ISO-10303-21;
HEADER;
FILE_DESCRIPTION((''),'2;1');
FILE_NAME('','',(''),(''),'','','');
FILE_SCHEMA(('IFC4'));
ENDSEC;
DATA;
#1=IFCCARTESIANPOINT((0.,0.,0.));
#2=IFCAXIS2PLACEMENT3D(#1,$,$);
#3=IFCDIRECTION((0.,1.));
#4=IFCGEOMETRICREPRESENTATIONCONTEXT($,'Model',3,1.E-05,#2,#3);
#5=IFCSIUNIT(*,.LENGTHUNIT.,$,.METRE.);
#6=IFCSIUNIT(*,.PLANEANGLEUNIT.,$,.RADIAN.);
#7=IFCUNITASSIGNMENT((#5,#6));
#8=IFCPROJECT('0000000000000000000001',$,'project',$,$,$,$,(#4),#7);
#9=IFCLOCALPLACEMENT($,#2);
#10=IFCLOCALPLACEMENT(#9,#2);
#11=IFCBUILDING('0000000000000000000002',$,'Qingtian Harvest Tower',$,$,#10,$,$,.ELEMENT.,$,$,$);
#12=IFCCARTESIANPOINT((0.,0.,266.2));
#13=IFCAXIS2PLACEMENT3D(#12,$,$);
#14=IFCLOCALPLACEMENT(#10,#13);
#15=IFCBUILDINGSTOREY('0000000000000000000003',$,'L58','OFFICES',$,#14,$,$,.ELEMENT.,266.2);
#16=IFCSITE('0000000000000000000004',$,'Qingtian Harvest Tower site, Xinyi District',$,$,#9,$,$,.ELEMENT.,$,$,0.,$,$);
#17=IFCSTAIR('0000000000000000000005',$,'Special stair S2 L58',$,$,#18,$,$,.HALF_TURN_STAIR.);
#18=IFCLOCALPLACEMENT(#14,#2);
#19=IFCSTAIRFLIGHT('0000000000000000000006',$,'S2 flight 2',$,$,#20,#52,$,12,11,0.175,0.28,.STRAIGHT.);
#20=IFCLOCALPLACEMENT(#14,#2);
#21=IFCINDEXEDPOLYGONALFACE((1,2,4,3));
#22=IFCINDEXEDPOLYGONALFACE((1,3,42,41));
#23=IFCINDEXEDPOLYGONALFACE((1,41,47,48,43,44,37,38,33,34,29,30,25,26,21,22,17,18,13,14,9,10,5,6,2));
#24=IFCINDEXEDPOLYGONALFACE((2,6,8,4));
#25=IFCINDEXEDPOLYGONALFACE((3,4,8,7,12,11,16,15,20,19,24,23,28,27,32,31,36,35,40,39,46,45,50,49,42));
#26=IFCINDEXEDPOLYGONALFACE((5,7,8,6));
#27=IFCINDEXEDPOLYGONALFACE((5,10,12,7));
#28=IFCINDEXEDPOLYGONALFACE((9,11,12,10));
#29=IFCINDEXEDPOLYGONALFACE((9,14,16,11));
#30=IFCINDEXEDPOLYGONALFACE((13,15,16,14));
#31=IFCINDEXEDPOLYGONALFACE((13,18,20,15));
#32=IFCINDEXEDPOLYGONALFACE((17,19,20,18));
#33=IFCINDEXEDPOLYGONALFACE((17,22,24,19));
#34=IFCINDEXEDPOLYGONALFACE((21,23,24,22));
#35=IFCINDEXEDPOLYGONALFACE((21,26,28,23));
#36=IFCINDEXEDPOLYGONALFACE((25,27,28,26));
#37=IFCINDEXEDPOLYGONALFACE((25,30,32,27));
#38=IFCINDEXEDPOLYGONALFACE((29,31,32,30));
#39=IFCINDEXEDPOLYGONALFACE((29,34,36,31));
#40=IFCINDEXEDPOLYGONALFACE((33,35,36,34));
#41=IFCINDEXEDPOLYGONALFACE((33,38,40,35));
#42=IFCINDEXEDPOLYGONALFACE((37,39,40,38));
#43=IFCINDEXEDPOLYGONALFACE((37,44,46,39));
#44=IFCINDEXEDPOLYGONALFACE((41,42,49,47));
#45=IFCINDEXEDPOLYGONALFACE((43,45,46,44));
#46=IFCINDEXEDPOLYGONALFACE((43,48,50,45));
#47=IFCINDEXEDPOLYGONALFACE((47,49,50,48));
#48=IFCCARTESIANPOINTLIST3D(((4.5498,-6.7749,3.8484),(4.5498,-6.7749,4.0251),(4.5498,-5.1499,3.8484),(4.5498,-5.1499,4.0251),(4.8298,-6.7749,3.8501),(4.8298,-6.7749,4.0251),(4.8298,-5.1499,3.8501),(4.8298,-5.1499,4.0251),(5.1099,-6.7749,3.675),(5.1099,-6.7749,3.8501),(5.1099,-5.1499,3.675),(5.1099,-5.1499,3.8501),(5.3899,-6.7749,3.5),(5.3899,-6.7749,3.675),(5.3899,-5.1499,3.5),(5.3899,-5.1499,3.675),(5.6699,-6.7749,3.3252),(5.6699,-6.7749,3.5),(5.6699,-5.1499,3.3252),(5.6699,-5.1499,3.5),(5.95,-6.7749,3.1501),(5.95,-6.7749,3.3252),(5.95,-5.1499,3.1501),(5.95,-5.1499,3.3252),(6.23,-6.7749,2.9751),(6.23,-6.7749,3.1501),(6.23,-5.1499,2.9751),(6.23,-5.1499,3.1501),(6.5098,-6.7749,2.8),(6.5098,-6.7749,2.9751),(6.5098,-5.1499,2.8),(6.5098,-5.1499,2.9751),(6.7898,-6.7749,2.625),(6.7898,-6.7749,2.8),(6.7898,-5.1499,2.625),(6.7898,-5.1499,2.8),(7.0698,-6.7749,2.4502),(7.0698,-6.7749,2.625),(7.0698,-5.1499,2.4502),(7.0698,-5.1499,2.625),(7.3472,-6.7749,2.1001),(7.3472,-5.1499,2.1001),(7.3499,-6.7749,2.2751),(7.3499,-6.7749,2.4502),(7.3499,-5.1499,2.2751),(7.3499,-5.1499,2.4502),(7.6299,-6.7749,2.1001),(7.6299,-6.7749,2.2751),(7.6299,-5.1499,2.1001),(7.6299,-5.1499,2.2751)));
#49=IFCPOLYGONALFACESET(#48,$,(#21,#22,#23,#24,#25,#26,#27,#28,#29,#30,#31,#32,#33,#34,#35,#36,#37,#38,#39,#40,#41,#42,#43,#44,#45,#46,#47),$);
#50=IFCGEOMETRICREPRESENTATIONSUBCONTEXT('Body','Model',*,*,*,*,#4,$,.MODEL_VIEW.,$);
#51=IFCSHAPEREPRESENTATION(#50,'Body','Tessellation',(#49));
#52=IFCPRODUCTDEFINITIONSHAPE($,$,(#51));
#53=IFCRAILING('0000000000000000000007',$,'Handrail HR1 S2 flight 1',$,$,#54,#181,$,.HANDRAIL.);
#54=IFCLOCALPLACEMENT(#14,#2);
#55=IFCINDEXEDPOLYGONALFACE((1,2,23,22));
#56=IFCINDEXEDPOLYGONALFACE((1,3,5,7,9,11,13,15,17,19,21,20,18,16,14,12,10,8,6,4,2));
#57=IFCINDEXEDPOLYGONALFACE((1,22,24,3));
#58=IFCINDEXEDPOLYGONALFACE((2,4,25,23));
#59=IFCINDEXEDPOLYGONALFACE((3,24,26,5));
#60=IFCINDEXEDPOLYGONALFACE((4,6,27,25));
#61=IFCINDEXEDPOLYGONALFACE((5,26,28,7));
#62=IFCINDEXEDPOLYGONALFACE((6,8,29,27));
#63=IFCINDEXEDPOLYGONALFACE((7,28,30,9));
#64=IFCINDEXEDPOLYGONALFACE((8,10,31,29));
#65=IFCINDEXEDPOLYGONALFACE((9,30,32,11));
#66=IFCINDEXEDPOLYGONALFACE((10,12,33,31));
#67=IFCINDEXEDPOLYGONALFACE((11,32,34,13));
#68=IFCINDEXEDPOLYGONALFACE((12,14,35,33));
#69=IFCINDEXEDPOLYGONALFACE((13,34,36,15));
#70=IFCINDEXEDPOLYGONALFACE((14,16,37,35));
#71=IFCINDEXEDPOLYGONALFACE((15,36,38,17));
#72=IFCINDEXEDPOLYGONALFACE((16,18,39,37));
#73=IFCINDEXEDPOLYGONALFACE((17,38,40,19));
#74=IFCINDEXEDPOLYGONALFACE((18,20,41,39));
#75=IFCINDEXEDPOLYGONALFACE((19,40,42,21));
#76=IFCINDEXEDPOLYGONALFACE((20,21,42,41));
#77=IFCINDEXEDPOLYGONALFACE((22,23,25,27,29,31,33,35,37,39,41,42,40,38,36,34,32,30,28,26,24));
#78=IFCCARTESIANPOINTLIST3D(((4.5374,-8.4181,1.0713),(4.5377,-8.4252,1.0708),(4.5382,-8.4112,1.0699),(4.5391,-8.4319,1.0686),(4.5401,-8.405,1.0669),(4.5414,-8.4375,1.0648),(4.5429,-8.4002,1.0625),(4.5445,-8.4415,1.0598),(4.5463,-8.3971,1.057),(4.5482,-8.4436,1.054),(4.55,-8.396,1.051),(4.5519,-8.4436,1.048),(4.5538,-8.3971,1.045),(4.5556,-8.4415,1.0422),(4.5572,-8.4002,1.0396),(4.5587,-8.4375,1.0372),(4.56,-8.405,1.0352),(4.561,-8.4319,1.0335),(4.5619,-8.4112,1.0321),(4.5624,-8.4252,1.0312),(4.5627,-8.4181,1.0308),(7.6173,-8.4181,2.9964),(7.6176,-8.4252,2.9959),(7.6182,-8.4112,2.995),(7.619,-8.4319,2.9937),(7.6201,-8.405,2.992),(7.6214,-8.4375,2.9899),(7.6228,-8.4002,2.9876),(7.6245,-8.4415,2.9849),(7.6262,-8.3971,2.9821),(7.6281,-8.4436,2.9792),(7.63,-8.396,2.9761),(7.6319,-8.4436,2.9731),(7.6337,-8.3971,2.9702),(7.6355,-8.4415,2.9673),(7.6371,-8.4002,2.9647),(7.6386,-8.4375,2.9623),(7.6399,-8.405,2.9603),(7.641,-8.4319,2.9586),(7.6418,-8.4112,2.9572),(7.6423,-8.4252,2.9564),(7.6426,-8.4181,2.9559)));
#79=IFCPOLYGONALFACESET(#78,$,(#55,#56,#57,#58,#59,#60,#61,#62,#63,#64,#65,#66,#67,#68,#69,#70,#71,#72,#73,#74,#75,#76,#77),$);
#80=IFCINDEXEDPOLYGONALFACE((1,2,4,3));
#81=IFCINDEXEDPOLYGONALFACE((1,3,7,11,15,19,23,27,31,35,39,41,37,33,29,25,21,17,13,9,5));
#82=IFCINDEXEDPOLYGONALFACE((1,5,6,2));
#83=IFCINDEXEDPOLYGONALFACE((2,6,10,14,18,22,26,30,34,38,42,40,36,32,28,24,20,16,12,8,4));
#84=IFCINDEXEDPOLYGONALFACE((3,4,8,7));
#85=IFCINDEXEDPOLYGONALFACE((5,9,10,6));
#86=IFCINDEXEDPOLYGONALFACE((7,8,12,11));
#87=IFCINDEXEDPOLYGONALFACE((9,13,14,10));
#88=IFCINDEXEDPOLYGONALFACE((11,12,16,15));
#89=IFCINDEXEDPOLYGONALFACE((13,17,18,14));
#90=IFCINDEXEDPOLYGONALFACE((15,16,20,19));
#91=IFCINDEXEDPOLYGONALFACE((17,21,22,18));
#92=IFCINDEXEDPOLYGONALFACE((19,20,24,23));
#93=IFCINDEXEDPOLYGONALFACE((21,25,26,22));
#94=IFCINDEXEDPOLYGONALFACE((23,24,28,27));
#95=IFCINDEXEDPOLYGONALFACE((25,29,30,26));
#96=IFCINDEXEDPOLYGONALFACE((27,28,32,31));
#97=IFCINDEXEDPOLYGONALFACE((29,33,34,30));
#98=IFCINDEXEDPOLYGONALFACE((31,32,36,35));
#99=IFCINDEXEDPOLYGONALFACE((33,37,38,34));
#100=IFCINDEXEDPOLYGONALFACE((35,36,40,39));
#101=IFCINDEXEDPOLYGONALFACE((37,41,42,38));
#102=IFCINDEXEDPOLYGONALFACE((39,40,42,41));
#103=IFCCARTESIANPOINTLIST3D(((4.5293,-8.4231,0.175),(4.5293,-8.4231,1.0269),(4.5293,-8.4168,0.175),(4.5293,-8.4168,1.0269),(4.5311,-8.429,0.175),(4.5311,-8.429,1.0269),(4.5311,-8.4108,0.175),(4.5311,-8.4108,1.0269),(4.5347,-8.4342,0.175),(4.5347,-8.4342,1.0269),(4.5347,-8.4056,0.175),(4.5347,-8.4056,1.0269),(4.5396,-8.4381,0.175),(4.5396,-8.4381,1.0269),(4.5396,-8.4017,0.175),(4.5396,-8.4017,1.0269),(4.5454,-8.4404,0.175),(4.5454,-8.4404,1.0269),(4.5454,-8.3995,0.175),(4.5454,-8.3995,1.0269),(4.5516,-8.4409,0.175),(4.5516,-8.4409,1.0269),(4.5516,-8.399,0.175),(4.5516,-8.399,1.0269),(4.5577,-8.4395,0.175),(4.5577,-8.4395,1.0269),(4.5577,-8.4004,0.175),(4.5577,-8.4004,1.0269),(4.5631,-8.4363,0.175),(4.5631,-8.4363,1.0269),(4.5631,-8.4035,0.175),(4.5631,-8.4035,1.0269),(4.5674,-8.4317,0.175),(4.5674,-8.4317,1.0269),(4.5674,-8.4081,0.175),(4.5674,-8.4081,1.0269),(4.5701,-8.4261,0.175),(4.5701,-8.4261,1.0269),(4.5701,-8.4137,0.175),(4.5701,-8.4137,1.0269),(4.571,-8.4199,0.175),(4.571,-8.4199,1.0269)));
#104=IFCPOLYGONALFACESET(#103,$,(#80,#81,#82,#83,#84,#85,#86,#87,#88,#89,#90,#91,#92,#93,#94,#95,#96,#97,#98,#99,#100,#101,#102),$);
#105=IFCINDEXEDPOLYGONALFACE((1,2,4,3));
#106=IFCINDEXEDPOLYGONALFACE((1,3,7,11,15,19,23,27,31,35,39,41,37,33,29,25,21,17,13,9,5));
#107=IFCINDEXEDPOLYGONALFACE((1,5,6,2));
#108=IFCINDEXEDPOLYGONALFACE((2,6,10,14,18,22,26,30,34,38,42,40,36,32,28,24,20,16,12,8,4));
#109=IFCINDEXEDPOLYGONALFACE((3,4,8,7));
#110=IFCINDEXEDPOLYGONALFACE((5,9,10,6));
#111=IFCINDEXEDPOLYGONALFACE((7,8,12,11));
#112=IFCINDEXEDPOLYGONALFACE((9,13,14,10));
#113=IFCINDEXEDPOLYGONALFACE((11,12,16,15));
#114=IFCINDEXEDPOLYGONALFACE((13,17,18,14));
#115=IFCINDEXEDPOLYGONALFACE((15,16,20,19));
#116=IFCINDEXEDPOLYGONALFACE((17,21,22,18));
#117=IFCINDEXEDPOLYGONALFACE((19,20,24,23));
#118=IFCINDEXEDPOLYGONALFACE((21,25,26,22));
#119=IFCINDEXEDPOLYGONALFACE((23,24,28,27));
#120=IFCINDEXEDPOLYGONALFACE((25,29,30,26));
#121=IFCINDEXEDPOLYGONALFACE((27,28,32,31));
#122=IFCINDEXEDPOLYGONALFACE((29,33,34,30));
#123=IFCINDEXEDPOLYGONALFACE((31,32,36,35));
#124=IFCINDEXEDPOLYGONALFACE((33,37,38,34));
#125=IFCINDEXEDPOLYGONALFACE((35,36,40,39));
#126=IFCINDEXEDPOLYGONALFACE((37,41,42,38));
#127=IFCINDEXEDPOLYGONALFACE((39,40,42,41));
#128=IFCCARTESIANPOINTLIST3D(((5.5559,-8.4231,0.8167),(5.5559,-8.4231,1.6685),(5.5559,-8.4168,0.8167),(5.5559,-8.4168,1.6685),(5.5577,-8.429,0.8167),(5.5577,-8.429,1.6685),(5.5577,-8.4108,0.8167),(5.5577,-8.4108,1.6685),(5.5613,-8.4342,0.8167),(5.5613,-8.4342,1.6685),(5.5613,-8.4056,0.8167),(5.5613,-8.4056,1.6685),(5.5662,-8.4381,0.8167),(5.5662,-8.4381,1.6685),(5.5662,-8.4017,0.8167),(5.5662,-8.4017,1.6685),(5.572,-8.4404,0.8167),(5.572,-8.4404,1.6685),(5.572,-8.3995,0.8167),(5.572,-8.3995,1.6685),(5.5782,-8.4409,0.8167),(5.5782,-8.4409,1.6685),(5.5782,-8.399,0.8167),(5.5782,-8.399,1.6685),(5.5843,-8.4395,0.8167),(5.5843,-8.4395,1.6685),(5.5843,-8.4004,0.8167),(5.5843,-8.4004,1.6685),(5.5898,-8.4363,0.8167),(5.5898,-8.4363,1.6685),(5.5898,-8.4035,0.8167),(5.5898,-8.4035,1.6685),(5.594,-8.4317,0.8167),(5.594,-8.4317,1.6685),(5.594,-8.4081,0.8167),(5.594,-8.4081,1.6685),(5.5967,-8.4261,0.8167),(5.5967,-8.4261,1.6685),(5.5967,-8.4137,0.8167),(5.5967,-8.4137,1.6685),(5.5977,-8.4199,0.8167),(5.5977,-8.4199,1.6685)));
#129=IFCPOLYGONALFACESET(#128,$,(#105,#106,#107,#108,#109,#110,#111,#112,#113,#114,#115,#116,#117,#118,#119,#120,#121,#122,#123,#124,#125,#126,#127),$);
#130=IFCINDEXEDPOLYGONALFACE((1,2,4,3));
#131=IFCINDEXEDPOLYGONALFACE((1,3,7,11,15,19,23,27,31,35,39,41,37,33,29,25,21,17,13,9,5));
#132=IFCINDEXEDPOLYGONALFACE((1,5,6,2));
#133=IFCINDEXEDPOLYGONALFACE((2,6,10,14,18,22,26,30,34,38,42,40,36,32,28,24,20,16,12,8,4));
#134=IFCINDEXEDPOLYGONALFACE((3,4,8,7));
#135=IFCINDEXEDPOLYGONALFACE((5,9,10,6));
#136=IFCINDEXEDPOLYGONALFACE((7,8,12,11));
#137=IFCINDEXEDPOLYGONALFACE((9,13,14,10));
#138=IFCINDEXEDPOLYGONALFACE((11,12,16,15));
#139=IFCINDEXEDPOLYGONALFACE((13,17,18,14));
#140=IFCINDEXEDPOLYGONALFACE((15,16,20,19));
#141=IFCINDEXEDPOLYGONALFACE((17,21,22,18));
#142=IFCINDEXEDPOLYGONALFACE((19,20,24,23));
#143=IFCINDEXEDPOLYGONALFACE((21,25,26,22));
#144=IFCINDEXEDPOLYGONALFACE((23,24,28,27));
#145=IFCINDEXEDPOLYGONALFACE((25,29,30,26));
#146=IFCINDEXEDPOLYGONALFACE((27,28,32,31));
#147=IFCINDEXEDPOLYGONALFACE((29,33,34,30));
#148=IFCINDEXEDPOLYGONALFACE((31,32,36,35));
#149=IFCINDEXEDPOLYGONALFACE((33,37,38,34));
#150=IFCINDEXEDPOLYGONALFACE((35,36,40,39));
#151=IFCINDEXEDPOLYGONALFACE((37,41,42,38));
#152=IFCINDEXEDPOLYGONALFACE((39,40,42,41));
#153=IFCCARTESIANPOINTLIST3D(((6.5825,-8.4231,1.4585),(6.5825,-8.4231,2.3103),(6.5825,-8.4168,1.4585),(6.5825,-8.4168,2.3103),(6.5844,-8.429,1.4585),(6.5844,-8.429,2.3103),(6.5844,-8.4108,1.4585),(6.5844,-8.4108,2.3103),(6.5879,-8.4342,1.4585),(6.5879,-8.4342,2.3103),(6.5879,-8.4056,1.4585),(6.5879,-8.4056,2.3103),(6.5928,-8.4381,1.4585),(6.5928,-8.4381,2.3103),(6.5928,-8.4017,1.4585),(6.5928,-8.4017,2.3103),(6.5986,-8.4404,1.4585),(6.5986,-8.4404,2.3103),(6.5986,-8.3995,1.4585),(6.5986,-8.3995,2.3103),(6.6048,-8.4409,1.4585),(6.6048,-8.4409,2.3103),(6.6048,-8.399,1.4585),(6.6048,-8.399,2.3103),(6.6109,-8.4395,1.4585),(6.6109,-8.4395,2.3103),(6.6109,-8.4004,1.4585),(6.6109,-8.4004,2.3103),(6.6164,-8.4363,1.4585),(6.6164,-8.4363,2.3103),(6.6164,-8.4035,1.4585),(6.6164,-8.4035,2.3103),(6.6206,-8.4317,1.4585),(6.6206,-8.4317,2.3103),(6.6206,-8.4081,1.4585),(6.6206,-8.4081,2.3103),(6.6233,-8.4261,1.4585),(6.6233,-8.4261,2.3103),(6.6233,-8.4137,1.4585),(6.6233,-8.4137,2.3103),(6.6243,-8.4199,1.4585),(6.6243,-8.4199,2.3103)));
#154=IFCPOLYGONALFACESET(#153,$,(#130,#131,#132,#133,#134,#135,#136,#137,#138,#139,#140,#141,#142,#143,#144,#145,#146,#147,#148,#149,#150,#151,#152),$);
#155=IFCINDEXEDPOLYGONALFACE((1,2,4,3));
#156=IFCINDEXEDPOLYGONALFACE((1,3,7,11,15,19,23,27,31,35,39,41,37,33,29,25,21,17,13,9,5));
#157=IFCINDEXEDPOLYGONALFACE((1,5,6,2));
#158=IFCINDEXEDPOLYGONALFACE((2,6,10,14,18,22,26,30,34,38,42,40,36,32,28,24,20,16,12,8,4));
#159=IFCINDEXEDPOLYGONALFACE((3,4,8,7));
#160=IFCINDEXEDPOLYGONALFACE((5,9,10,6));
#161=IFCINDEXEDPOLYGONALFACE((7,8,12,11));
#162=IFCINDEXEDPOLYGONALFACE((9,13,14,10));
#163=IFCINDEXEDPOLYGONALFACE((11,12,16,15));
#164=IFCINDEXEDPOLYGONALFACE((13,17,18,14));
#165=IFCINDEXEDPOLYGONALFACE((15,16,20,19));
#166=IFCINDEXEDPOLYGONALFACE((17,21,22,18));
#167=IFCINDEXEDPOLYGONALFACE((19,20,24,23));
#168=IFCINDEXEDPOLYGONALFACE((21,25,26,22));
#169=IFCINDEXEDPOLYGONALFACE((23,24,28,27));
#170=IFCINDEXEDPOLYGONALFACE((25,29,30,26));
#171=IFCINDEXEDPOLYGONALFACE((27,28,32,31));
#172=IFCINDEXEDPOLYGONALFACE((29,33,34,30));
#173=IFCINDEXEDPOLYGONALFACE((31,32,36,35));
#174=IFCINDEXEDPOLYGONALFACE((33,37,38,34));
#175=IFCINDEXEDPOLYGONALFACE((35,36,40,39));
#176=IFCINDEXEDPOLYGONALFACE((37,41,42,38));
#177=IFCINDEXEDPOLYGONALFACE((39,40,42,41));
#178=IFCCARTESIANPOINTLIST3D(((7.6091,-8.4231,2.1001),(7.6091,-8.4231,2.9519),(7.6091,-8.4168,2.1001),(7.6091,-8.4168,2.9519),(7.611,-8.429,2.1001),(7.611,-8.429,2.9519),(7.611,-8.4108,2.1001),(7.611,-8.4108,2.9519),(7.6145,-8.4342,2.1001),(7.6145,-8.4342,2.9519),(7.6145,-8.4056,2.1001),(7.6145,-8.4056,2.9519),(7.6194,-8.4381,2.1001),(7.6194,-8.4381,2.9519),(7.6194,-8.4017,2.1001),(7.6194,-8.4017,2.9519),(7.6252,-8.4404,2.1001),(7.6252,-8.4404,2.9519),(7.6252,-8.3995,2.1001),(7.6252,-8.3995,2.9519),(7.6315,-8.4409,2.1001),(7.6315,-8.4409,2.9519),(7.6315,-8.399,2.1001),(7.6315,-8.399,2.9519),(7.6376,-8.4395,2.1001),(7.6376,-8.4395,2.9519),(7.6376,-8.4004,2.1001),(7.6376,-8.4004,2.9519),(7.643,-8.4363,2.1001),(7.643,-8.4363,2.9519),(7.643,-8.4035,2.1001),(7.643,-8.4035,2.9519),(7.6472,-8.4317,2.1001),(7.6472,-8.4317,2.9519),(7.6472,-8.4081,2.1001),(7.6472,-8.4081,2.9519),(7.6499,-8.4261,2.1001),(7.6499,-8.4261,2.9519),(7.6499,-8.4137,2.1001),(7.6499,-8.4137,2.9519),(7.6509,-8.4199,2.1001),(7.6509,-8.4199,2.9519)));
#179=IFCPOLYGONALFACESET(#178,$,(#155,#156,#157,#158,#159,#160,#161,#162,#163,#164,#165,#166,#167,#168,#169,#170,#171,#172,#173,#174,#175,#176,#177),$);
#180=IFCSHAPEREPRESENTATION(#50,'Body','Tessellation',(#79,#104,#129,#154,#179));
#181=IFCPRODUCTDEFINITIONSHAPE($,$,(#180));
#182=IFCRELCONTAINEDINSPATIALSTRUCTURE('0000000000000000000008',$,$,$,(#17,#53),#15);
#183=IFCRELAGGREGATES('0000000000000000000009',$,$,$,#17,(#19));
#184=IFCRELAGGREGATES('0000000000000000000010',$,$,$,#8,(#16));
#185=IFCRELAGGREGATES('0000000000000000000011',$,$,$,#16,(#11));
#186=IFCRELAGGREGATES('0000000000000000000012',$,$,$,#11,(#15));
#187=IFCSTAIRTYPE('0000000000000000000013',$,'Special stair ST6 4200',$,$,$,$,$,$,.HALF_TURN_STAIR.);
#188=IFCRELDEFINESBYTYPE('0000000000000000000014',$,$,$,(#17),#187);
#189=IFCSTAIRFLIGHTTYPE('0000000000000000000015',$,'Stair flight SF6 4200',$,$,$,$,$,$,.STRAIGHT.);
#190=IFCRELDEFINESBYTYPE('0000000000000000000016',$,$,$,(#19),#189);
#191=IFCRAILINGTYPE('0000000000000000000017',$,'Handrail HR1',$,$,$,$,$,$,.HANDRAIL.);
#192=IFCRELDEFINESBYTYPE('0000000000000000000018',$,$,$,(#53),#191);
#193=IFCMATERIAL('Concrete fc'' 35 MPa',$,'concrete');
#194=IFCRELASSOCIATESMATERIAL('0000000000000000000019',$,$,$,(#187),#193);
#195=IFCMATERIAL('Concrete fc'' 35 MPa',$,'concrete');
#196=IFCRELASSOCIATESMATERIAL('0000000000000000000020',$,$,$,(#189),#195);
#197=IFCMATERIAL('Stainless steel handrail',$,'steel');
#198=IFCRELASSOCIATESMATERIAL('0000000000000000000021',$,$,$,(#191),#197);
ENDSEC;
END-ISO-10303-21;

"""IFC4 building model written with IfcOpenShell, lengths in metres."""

from ifc_helpers import new_model, si_unit, direction, frame, origin, origin_2d, place, context, subcontext, project, spatial, polyline, circle, outline, extrude, material, type_object, element, aggregate, save


model = new_model("IFC4")

# Units and contexts
model_context = context("Model", 3, precision=1e-05, world=origin(), true_north=direction((0.0, 1.0)))
body_context = subcontext(model_context, "Body", "Model", "MODEL_VIEW")
ifc_project = project(units=[si_unit("LENGTHUNIT", "METRE"), si_unit("PLANEANGLEUNIT", "RADIAN")], contexts=[model_context])

# Site, building, storey
site_placement = place(None, origin())
site = spatial("IfcSite", under=ifc_project, at=site_placement, Name="Qingtian Harvest Tower site, Xinyi District", CompositionType="ELEMENT", RefElevation=0.0)
building_placement = place(site_placement, origin())
building = spatial("IfcBuilding", under=site, at=building_placement, Name="Qingtian Harvest Tower", CompositionType="ELEMENT")
storey_placement = place(building_placement, frame((0.0, 0.0, 266.2)))
storey = spatial("IfcBuildingStorey", under=building, at=storey_placement, Name="L58", Description="OFFICES", CompositionType="ELEMENT", Elevation=266.2)

# Stair, stair flight
ifc_material_1 = material(Name="Concrete fc' 35 MPa", Category="concrete")
stair_type = type_object("IfcStairType", Name="Special stair ST6 4200", PredefinedType="HALF_TURN_STAIR", material=ifc_material_1)
stair_placement = place(storey_placement, origin())
stair = element("IfcStair", 1, at=stair_placement, inside=storey, type_object=stair_type, Name="Special stair S2 L58", PredefinedType="HALF_TURN_STAIR")
ifc_material_2 = material(Name="Concrete fc' 35 MPa", Category="concrete")
stair_flight_type = type_object("IfcStairFlightType", Name="Stair flight SF6 4200", PredefinedType="STRAIGHT", material=ifc_material_2)
stair_flight_1_placement = place(storey_placement, frame((7.6299, -5.9624, 2.1001), z_axis=(0.0, 0.0, 1.0), x_axis=(-1.0, 0.0, 0.0)))
stair_flight_1 = element("IfcStairFlight", 2, at=stair_flight_1_placement, type_object=stair_flight_type, Name="S2 flight 2", NumberOfRisers=12, NumberOfTreads=11, PredefinedType="STRAIGHT", RiserHeight=0.175, TreadLength=0.28, context=body_context, shape_type="SweptSolid", body=[
    extrude(outline(polyline([(0.0, 0.0), (0.0, 0.175), (0.28, 0.175), (0.28, 0.3501), (0.5601, 0.3501), (0.5601, 0.5249), (0.8401, 0.5249), (0.8401, 0.7), (1.1201, 0.7), (1.1201, 0.875), (1.3999, 0.875), (1.3999, 1.05), (1.6799, 1.05), (1.6799, 1.2251), (1.96, 1.2251), (1.96, 1.3999), (2.24, 1.3999), (2.24, 1.575), (2.52, 1.575), (2.52, 1.75), (2.8, 1.75), (2.8, 1.925), (3.0801, 1.925), (3.0801, 2.1001), (3.0801, 1.7483), (0.2827, 0.0), (0.0, 0.0)])), frame((0.0, 0.8125, 0.0), z_axis=(0.0, -1.0, 0.0), x_axis=(1.0, 0.0, 0.0)), (0.0, 0.0, 1.0), 1.625),
])
aggregate(stair, [stair_flight_1])

# Railing
ifc_material_3 = material(Name="Stainless steel handrail", Category="steel")
railing_type = type_object("IfcRailingType", Name="Handrail HR1", PredefinedType="HANDRAIL", material=ifc_material_3)
railing_1_placement = place(storey_placement, frame((4.55, -8.4199, 0.175)))
element("IfcRailing", 3, at=railing_1_placement, inside=storey, type_object=railing_type, Name="Handrail HR1 S2 flight 1", PredefinedType="HANDRAIL", context=body_context, shape_type="SweptSolid", body=[
    extrude(circle(Radius=0.0239, at=origin_2d()), frame((0.0, 0.0, 0.876), z_axis=(0.847979, 0.0, 0.530029), x_axis=(0.0, 1.0, 0.0)), (0.0, 0.0, 1.0), 3.6321),
    extrude(circle(Radius=0.021, at=origin_2d()), origin(), (0.0, 0.0, 1.0), 0.8518),
    extrude(circle(Radius=0.021, at=origin_2d()), frame((1.0266, 0.0, 0.6416)), (0.0, 0.0, 1.0), 0.8518),
    extrude(circle(Radius=0.021, at=origin_2d()), frame((2.0532, 0.0, 1.2834)), (0.0, 0.0, 1.0), 0.8518),
    extrude(circle(Radius=0.021, at=origin_2d()), frame((3.0798, 0.0, 1.925)), (0.0, 0.0, 1.0), 0.8518),
])

save(model, "model.ifc")
